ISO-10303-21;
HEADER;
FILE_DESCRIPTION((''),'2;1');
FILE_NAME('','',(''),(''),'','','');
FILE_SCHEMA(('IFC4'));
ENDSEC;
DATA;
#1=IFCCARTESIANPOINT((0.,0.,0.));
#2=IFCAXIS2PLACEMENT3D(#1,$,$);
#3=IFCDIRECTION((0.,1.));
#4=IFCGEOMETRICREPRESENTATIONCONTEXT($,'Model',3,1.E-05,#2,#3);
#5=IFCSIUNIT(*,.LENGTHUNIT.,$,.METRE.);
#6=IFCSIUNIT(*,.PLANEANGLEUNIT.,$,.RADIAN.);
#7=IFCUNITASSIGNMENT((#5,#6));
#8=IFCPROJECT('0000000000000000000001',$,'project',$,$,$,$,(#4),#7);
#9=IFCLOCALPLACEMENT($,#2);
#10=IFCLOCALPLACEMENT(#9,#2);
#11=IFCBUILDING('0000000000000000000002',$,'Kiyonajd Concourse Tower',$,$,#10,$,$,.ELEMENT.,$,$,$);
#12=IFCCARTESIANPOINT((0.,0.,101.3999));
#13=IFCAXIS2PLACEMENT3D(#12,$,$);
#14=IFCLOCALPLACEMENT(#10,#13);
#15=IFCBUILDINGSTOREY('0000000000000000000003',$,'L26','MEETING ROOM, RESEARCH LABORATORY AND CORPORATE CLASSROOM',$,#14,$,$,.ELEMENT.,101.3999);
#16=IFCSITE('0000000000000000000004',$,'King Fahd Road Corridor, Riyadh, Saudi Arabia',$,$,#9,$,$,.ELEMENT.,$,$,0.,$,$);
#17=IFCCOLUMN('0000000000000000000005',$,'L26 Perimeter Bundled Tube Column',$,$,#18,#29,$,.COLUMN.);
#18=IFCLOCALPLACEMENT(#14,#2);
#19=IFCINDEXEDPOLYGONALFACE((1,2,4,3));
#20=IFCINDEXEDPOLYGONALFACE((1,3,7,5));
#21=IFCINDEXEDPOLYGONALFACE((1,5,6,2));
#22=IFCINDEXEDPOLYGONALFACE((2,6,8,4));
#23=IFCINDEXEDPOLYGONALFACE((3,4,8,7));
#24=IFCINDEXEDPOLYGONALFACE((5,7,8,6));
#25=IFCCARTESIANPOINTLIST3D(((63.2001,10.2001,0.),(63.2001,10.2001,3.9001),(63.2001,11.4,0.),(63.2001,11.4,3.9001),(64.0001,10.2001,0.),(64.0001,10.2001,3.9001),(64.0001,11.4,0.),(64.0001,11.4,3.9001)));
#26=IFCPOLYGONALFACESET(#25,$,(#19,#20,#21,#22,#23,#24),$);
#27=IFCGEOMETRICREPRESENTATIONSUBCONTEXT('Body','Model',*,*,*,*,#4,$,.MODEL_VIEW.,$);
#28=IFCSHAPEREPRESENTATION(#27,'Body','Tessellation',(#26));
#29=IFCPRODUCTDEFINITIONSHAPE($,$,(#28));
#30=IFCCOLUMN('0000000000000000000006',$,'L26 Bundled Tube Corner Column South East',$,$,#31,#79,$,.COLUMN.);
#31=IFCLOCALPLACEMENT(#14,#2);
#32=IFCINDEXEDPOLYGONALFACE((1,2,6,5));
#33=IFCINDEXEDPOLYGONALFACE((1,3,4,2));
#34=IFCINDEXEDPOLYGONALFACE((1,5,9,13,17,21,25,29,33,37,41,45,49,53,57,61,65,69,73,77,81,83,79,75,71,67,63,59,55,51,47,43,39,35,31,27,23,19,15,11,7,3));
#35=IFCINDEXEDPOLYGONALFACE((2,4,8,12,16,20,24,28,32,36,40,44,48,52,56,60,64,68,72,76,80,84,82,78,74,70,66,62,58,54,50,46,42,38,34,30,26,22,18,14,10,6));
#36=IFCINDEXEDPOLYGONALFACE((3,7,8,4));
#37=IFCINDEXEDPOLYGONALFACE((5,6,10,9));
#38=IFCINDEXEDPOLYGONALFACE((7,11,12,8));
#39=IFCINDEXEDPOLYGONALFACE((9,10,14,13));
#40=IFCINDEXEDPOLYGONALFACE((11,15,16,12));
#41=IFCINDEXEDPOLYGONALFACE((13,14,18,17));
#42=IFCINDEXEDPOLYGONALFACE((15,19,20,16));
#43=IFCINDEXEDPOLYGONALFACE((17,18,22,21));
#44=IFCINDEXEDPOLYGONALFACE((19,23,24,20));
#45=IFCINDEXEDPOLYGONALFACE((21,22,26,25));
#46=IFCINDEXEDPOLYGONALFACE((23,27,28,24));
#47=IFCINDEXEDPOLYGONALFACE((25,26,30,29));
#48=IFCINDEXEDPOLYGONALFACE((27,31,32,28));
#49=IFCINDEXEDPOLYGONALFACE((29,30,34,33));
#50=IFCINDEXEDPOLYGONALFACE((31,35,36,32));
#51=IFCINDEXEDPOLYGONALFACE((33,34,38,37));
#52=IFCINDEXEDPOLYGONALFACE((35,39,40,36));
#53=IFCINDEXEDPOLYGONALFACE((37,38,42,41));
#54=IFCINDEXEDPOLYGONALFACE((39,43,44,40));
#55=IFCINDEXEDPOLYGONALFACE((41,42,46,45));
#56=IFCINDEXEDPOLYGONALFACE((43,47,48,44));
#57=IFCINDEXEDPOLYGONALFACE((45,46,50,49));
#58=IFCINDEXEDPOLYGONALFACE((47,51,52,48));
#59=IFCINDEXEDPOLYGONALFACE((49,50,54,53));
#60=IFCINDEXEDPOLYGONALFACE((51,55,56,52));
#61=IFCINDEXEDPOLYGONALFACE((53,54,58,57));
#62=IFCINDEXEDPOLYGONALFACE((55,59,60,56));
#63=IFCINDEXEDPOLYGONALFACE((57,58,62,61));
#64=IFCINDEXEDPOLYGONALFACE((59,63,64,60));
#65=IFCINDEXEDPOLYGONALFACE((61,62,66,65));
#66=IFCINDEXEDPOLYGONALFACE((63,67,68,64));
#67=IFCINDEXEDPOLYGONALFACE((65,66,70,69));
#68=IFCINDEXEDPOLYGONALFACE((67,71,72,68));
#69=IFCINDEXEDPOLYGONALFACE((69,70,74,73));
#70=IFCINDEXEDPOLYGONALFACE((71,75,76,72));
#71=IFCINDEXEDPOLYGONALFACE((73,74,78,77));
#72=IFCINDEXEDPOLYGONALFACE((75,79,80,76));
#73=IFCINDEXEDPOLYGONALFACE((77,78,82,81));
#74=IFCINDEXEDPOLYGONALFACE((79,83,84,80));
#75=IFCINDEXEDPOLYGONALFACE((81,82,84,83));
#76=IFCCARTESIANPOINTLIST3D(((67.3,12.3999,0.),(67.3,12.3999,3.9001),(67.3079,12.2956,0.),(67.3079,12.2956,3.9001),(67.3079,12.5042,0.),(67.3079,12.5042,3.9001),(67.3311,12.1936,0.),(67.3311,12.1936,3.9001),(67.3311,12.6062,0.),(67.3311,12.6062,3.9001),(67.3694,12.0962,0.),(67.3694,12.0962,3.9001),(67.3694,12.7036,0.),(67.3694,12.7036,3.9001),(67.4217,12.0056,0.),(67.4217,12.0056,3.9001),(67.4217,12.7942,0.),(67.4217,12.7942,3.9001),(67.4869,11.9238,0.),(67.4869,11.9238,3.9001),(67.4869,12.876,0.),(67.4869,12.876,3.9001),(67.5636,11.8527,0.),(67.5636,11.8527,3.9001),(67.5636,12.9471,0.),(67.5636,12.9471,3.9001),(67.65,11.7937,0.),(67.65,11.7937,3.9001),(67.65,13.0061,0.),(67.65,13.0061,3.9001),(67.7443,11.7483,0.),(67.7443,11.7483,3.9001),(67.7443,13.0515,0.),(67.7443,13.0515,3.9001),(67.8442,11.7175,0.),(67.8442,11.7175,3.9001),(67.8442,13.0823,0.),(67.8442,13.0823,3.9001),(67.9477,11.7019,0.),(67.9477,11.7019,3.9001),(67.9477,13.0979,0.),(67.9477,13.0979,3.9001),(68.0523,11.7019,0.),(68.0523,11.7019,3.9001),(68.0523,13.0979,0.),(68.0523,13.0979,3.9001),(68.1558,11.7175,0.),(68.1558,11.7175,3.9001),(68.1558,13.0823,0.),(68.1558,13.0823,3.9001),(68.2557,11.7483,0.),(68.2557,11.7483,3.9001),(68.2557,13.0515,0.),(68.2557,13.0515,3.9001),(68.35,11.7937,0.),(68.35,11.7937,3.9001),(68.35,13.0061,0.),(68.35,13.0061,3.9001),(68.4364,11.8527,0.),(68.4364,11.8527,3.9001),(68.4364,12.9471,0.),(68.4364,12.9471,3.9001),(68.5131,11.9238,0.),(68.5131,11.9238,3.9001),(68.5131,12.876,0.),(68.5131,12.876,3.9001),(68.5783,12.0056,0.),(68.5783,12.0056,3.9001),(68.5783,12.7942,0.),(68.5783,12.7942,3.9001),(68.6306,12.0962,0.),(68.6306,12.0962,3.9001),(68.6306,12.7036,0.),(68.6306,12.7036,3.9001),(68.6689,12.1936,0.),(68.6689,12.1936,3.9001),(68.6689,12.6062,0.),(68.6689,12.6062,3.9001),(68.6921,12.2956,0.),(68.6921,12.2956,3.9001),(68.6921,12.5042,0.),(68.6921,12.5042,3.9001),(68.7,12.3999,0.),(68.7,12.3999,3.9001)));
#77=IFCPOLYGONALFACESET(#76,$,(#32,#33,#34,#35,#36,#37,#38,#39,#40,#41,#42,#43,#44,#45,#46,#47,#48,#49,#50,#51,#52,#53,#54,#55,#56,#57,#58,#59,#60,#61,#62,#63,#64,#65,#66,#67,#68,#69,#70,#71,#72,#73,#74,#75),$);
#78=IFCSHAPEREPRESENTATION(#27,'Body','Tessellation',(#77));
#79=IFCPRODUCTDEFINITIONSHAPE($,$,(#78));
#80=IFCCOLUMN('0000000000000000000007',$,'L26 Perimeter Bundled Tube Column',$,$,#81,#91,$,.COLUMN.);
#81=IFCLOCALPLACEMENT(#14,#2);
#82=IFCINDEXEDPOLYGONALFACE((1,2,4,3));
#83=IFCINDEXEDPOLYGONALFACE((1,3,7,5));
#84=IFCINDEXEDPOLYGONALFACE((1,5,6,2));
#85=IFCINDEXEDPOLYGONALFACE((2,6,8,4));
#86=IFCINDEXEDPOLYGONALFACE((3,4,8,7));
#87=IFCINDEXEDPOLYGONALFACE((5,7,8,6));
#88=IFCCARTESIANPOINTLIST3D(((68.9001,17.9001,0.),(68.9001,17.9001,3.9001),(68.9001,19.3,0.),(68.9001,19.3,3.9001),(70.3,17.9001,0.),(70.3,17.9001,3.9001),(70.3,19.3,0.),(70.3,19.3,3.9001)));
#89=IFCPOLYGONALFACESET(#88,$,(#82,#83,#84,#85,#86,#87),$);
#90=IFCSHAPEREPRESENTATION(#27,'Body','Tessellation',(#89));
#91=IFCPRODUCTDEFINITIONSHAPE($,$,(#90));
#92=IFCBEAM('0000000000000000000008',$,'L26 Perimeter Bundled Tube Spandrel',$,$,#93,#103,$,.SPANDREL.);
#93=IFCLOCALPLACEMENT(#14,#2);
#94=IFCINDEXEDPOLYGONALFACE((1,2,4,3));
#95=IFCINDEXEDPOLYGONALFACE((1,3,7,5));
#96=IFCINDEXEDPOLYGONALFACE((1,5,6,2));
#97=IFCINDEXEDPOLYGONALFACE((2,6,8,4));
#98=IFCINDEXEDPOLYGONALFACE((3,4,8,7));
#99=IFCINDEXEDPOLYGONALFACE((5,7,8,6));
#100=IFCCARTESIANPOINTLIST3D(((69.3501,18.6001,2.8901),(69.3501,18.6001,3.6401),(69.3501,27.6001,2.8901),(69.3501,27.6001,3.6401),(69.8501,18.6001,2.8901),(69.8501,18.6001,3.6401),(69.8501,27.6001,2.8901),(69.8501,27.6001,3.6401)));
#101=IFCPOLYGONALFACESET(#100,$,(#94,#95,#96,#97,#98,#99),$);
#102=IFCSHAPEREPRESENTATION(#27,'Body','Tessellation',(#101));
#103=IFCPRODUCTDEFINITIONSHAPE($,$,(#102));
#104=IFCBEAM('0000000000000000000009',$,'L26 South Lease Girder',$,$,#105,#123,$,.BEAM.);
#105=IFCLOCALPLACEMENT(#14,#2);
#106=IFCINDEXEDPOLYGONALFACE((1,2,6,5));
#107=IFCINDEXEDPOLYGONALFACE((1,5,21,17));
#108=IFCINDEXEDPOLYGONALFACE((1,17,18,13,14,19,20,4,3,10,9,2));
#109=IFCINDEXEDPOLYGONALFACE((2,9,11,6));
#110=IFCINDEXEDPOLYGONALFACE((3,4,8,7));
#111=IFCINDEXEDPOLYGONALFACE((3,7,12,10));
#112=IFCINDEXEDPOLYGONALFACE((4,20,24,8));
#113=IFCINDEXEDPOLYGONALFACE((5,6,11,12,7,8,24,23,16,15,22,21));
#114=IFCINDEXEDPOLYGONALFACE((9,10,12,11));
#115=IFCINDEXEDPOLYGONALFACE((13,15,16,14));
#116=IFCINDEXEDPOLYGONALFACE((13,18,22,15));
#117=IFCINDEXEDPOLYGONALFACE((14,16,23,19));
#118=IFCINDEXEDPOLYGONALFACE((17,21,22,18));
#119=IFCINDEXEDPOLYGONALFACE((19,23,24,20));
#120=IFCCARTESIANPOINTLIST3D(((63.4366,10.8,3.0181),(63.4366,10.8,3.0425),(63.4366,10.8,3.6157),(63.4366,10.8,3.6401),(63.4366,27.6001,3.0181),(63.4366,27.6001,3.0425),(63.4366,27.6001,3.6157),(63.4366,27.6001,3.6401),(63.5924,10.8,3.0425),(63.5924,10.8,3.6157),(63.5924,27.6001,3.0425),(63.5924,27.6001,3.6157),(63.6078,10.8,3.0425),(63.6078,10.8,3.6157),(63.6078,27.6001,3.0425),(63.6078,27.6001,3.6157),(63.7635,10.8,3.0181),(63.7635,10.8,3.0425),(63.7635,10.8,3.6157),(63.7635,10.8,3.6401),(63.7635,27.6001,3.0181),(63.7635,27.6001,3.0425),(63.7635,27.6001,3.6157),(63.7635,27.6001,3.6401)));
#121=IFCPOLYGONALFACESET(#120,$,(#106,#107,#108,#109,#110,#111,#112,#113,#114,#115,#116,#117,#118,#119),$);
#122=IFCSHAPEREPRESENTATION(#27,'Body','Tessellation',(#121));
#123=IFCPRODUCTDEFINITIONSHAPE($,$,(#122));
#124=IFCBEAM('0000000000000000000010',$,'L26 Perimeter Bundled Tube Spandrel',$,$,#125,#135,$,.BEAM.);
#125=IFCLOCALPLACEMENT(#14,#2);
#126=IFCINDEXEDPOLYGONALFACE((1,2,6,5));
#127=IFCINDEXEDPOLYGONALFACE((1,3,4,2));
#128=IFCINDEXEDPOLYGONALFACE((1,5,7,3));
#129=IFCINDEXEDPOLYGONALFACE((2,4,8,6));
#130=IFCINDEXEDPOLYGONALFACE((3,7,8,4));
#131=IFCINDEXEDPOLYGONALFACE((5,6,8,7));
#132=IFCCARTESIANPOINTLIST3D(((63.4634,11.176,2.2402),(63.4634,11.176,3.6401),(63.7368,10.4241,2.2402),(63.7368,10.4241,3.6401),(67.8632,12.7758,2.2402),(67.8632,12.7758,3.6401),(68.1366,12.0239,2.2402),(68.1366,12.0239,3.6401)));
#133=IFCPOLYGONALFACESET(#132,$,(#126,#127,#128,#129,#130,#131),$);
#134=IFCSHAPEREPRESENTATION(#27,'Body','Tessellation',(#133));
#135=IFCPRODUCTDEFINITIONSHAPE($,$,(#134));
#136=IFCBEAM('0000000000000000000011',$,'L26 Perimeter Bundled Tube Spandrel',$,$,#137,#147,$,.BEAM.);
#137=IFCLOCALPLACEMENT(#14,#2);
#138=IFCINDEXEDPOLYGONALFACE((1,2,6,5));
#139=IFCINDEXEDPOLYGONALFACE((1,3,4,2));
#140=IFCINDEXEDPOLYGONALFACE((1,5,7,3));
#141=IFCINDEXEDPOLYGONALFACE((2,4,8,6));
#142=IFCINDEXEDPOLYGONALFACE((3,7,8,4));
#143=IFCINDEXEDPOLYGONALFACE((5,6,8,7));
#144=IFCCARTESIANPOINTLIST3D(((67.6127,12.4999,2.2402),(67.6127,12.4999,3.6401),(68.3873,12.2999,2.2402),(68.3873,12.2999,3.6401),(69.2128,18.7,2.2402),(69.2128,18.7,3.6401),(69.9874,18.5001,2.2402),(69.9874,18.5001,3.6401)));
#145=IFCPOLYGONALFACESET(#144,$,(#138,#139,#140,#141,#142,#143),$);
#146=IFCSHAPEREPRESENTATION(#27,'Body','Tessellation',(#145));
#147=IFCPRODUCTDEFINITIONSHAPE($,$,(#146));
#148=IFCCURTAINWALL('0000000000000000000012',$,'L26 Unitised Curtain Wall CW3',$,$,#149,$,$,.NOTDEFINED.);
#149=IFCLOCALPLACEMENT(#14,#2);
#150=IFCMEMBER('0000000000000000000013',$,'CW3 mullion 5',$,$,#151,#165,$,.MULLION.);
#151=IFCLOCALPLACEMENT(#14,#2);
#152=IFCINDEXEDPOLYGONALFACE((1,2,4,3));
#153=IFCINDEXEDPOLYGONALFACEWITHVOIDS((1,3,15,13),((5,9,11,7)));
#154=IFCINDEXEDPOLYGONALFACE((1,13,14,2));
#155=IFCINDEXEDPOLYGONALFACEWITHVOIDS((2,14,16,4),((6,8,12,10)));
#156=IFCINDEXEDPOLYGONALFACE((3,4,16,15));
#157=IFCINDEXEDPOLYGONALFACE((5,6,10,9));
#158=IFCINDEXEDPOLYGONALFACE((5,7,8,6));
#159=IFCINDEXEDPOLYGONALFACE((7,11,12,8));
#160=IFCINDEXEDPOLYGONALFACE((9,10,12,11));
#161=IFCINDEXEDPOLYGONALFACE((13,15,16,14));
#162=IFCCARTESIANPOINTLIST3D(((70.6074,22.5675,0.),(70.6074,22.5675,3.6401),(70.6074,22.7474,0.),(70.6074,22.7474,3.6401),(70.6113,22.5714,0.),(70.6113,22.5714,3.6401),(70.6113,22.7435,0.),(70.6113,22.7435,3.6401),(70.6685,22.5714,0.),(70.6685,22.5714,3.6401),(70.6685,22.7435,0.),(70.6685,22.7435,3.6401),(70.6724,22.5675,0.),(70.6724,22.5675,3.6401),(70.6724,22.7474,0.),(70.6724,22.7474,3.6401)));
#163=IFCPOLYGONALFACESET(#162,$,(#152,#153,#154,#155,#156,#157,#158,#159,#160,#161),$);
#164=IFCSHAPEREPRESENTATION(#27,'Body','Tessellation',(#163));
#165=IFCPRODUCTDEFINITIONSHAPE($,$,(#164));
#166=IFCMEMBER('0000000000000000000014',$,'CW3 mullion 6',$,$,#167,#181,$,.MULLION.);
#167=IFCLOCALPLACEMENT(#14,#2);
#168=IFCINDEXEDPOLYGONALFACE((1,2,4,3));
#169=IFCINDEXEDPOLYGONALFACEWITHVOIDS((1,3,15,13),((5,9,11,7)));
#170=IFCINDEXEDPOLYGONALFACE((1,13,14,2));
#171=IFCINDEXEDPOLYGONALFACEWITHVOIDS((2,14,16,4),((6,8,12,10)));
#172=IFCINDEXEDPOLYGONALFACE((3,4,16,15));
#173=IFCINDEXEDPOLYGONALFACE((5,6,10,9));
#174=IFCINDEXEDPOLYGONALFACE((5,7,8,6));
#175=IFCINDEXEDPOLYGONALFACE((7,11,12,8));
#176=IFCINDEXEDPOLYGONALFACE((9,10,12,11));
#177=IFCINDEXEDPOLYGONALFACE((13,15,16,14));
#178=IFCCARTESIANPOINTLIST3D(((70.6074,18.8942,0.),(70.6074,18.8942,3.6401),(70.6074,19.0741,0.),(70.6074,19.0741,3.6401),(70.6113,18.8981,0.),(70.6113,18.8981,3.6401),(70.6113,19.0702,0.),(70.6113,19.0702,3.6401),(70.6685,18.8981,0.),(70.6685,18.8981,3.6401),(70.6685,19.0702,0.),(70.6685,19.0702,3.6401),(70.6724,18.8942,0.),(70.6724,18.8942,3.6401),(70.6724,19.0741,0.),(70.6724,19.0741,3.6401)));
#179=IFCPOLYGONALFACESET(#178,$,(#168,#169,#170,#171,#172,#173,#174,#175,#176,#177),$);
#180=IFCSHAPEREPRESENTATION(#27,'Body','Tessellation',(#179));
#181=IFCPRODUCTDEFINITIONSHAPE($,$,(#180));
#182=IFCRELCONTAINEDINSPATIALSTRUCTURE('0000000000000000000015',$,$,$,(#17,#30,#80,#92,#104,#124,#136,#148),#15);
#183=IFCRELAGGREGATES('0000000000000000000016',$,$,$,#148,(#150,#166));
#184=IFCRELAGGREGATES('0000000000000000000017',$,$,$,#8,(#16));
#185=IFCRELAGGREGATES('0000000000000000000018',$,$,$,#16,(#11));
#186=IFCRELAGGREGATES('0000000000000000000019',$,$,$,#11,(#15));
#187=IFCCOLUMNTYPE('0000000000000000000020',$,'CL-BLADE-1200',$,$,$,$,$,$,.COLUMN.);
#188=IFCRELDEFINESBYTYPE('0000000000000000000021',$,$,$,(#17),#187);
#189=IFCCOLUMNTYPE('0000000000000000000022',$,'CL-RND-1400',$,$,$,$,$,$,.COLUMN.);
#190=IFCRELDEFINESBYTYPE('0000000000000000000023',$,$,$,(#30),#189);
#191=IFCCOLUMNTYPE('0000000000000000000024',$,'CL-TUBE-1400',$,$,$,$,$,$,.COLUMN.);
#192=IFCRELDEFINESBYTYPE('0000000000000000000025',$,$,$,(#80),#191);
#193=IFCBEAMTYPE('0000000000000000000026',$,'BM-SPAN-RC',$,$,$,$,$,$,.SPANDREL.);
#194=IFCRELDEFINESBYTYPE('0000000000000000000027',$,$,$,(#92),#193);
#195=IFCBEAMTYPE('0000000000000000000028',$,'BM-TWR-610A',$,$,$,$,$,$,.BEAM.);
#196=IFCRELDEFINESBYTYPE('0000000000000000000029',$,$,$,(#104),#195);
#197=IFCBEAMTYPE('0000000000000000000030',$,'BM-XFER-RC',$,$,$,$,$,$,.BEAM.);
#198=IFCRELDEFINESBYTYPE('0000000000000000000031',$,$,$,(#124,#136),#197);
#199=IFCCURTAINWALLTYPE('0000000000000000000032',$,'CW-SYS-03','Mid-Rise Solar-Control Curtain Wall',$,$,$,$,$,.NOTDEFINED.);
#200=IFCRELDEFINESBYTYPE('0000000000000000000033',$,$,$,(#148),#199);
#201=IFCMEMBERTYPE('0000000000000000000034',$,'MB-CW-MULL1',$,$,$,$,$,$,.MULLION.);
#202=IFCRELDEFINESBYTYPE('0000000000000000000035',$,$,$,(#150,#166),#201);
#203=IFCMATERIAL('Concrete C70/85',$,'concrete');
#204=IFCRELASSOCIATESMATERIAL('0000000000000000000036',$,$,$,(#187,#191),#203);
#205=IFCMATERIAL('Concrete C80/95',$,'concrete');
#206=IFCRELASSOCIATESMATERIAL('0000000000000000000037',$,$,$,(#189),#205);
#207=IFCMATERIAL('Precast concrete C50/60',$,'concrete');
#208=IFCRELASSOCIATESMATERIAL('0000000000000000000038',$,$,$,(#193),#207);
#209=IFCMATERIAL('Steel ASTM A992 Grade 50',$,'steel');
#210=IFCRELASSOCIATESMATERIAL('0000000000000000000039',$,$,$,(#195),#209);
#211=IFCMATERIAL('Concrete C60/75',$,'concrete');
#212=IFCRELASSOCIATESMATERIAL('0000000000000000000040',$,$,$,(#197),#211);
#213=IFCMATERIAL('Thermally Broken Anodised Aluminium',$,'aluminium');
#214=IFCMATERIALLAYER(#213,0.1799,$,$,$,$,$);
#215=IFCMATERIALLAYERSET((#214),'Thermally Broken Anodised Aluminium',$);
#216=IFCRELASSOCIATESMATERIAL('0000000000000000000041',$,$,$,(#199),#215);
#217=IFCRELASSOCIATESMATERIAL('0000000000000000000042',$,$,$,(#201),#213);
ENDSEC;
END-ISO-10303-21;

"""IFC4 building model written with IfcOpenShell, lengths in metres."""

from ifc_helpers import new_model, si_unit, direction, frame, origin, origin_2d, place, context, subcontext, project, spatial, rectangle, hollow_rectangle, circle, i_section, extrude, material, layer, layer_set, material_profile, profile_set, type_object, element, aggregate, save


model = new_model("IFC4")

# Units and contexts
model_context = context("Model", 3, precision=1e-05, world=origin(), true_north=direction((0.0, 1.0)))
body_context = subcontext(model_context, "Body", "Model", "MODEL_VIEW")
ifc_project = project(units=[si_unit("LENGTHUNIT", "METRE"), si_unit("PLANEANGLEUNIT", "RADIAN")], contexts=[model_context])

# Site, building, storey
site_placement = place(None, origin())
site = spatial("IfcSite", under=ifc_project, at=site_placement, Name="King Fahd Road Corridor, Riyadh, Saudi Arabia", CompositionType="ELEMENT", RefElevation=0.0)
building_placement = place(site_placement, origin())
building = spatial("IfcBuilding", under=site, at=building_placement, Name="Kiyonajd Concourse Tower", CompositionType="ELEMENT")
storey_placement = place(building_placement, frame((0.0, 0.0, 101.3999)))
storey = spatial("IfcBuildingStorey", under=building, at=storey_placement, Name="L26", Description="MEETING ROOM, RESEARCH LABORATORY AND CORPORATE CLASSROOM", CompositionType="ELEMENT", Elevation=101.3999)

# Columns
ifc_material_1 = material(Name="Concrete C70/85", Category="concrete")
ifc_material_profile_1 = material_profile(ifc_material_1, rectangle(XDim=0.8, YDim=1.2, at=origin_2d()), Name="RC-1200x800")
ifc_profile_set_1 = profile_set([ifc_material_profile_1], Name="Concrete C70/85")
column_type_1 = type_object("IfcColumnType", Name="CL-BLADE-1200", PredefinedType="COLUMN", material=ifc_profile_set_1)
column_1_placement = place(storey_placement, frame((63.6001, 10.8, 0.0), z_axis=(0.0, 0.0, 1.0), x_axis=(1.0, 0.0, 0.0)))
element("IfcColumn", 1, at=column_1_placement, inside=storey, type_object=column_type_1, Name="L26 Perimeter Bundled Tube Column", PredefinedType="COLUMN", context=body_context, shape_type="SweptSolid", body=[
    extrude(rectangle(XDim=0.8, YDim=1.2, at=origin_2d()), origin(), (0.0, 0.0, 1.0), 3.9001),
])
ifc_material_2 = material(Name="Concrete C80/95", Category="concrete")
ifc_material_profile_2 = material_profile(ifc_material_2, circle(Radius=0.7, at=origin_2d()), Name="RCC-D1400")
ifc_profile_set_2 = profile_set([ifc_material_profile_2], Name="Concrete C80/95")
column_type_2 = type_object("IfcColumnType", Name="CL-RND-1400", PredefinedType="COLUMN", material=ifc_profile_set_2)
column_2_placement = place(storey_placement, frame((68.0, 12.3999, 0.0), z_axis=(0.0, 0.0, 1.0), x_axis=(1.0, 0.0, 0.0)))
element("IfcColumn", 2, at=column_2_placement, inside=storey, type_object=column_type_2, Name="L26 Bundled Tube Corner Column South East", PredefinedType="COLUMN", context=body_context, shape_type="SweptSolid", body=[
    extrude(circle(Radius=0.7, at=origin_2d()), origin(), (0.0, 0.0, 1.0), 3.9001),
])
ifc_material_profile_3 = material_profile(ifc_material_1, rectangle(XDim=1.3999, YDim=1.3999, at=origin_2d()), Name="RC-1400x1400")
ifc_profile_set_3 = profile_set([ifc_material_profile_3], Name="Concrete C70/85")
column_type_3 = type_object("IfcColumnType", Name="CL-TUBE-1400", PredefinedType="COLUMN", material=ifc_profile_set_3)
column_3_placement = place(storey_placement, frame((69.6001, 18.6001, 0.0), z_axis=(0.0, 0.0, 1.0), x_axis=(1.0, 0.0, 0.0)))
element("IfcColumn", 3, at=column_3_placement, inside=storey, type_object=column_type_3, Name="L26 Perimeter Bundled Tube Column", PredefinedType="COLUMN", context=body_context, shape_type="SweptSolid", body=[
    extrude(rectangle(XDim=1.3999, YDim=1.3999, at=origin_2d()), origin(), (0.0, 0.0, 1.0), 3.9001),
])

# Beams
ifc_material_3 = material(Name="Precast concrete C50/60", Category="concrete")
ifc_material_profile_4 = material_profile(ifc_material_3, rectangle(XDim=0.5, YDim=0.75, at=origin_2d()), Name="RCBM-500x750")
ifc_profile_set_4 = profile_set([ifc_material_profile_4], Name="Precast concrete C50/60")
beam_type_1 = type_object("IfcBeamType", Name="BM-SPAN-RC", PredefinedType="SPANDREL", material=ifc_profile_set_4)
beam_1_placement = place(storey_placement, frame((69.6001, 18.6001, 3.2651), z_axis=(0.0, 1.0, 0.0), x_axis=(-1.0, 0.0, 0.0)))
element("IfcBeam", 4, at=beam_1_placement, inside=storey, type_object=beam_type_1, Name="L26 Perimeter Bundled Tube Spandrel", PredefinedType="SPANDREL", context=body_context, shape_type="SweptSolid", body=[
    extrude(rectangle(XDim=0.5, YDim=0.75, at=origin_2d()), origin(), (0.0, 0.0, 1.0), 9.0),
])
ifc_material_4 = material(Name="Steel ASTM A992 Grade 50", Category="steel")
ifc_material_profile_5 = material_profile(ifc_material_4, i_section(OverallWidth=0.3269, OverallDepth=0.6221, WebThickness=0.0154, FlangeThickness=0.0244, at=origin_2d()), Name="W610X195")
ifc_profile_set_5 = profile_set([ifc_material_profile_5], Name="Steel ASTM A992 Grade 50")
beam_type_2 = type_object("IfcBeamType", Name="BM-TWR-610A", PredefinedType="BEAM", material=ifc_profile_set_5)
beam_2_placement = place(storey_placement, frame((63.6001, 10.8, 3.3291), z_axis=(0.0, 1.0, 0.0), x_axis=(-1.0, 0.0, 0.0)))
element("IfcBeam", 5, at=beam_2_placement, inside=storey, type_object=beam_type_2, Name="L26 South Lease Girder", PredefinedType="BEAM", context=body_context, shape_type="SweptSolid", body=[
    extrude(i_section(OverallWidth=0.3269, OverallDepth=0.6221, WebThickness=0.0154, FlangeThickness=0.0244, at=origin_2d()), origin(), (0.0, 0.0, 1.0), 16.8),
])
ifc_material_5 = material(Name="Concrete C60/75", Category="concrete")
ifc_material_profile_6 = material_profile(ifc_material_5, rectangle(XDim=0.8, YDim=1.3999, at=origin_2d()), Name="RCBM-800x1400")
ifc_profile_set_6 = profile_set([ifc_material_profile_6], Name="Concrete C60/75")
beam_type_3 = type_object("IfcBeamType", Name="BM-XFER-RC", PredefinedType="BEAM", material=ifc_profile_set_6)
beam_3_placement = place(storey_placement, frame((63.6001, 10.8, 2.9402), z_axis=(0.939801, 0.341722, 0.0), x_axis=(-0.341722, 0.939801, 0.0)))
element("IfcBeam", 6, at=beam_3_placement, inside=storey, type_object=beam_type_3, Name="L26 Perimeter Bundled Tube Spandrel", PredefinedType="BEAM", context=body_context, shape_type="SweptSolid", body=[
    extrude(rectangle(XDim=0.8, YDim=1.3999, at=origin_2d()), origin(), (0.0, 0.0, 1.0), 4.6816),
])
beam_4_placement = place(storey_placement, frame((68.0, 12.3999, 2.9402), z_axis=(0.249885, 0.968276, 0.0), x_axis=(-0.968276, 0.249885, 0.0)))
element("IfcBeam", 7, at=beam_4_placement, inside=storey, type_object=beam_type_3, Name="L26 Perimeter Bundled Tube Spandrel", PredefinedType="BEAM", context=body_context, shape_type="SweptSolid", body=[
    extrude(rectangle(XDim=0.8, YDim=1.3999, at=origin_2d()), origin(), (0.0, 0.0, 1.0), 6.4033),
])

# Curtain wall, members
ifc_material_6 = material(Name="Thermally Broken Anodised Aluminium", Category="aluminium")
ifc_layer_1 = layer(ifc_material_6, 0.1799)
ifc_layer_set_1 = layer_set([ifc_layer_1], Name="Thermally Broken Anodised Aluminium")
curtain_wall_type = type_object("IfcCurtainWallType", Name="CW-SYS-03", Description="Mid-Rise Solar-Control Curtain Wall", PredefinedType="NOTDEFINED", material=ifc_layer_set_1)
curtain_wall_placement = place(storey_placement, origin())
curtain_wall = element("IfcCurtainWall", 8, at=curtain_wall_placement, inside=storey, type_object=curtain_wall_type, Name="L26 Unitised Curtain Wall CW3", PredefinedType="NOTDEFINED")
ifc_material_profile_7 = material_profile(ifc_material_6, hollow_rectangle(XDim=0.0649, YDim=0.1799, WallThickness=0.0039, at=origin_2d()), Name="MULL-65x180")
ifc_profile_set_7 = profile_set([ifc_material_profile_7], Name="Thermally Broken Anodised Aluminium")
member_type_1 = type_object("IfcMemberType", Name="MB-CW-MULL1", PredefinedType="MULLION", material=ifc_profile_set_7)
member_1_placement = place(storey_placement, frame((70.6399, 22.6575, 0.0), z_axis=(0.0, 0.0, 1.0), x_axis=(1.0, 0.0, 0.0)))
member_1 = element("IfcMember", 9, at=member_1_placement, type_object=member_type_1, Name="CW3 mullion 5", PredefinedType="MULLION", context=body_context, shape_type="SweptSolid", body=[
    extrude(hollow_rectangle(XDim=0.0649, YDim=0.1799, WallThickness=0.0039, at=origin_2d()), origin(), (0.0, 0.0, 1.0), 3.6401),
])
member_2_placement = place(storey_placement, frame((70.6399, 18.9841, 0.0), z_axis=(0.0, 0.0, 1.0), x_axis=(1.0, 0.0, 0.0)))
member_2 = element("IfcMember", 10, at=member_2_placement, type_object=member_type_1, Name="CW3 mullion 6", PredefinedType="MULLION", context=body_context, shape_type="SweptSolid", body=[
    extrude(hollow_rectangle(XDim=0.0649, YDim=0.1799, WallThickness=0.0039, at=origin_2d()), origin(), (0.0, 0.0, 1.0), 3.6401),
])
aggregate(curtain_wall, [member_1, member_2])

save(model, "model.ifc")
